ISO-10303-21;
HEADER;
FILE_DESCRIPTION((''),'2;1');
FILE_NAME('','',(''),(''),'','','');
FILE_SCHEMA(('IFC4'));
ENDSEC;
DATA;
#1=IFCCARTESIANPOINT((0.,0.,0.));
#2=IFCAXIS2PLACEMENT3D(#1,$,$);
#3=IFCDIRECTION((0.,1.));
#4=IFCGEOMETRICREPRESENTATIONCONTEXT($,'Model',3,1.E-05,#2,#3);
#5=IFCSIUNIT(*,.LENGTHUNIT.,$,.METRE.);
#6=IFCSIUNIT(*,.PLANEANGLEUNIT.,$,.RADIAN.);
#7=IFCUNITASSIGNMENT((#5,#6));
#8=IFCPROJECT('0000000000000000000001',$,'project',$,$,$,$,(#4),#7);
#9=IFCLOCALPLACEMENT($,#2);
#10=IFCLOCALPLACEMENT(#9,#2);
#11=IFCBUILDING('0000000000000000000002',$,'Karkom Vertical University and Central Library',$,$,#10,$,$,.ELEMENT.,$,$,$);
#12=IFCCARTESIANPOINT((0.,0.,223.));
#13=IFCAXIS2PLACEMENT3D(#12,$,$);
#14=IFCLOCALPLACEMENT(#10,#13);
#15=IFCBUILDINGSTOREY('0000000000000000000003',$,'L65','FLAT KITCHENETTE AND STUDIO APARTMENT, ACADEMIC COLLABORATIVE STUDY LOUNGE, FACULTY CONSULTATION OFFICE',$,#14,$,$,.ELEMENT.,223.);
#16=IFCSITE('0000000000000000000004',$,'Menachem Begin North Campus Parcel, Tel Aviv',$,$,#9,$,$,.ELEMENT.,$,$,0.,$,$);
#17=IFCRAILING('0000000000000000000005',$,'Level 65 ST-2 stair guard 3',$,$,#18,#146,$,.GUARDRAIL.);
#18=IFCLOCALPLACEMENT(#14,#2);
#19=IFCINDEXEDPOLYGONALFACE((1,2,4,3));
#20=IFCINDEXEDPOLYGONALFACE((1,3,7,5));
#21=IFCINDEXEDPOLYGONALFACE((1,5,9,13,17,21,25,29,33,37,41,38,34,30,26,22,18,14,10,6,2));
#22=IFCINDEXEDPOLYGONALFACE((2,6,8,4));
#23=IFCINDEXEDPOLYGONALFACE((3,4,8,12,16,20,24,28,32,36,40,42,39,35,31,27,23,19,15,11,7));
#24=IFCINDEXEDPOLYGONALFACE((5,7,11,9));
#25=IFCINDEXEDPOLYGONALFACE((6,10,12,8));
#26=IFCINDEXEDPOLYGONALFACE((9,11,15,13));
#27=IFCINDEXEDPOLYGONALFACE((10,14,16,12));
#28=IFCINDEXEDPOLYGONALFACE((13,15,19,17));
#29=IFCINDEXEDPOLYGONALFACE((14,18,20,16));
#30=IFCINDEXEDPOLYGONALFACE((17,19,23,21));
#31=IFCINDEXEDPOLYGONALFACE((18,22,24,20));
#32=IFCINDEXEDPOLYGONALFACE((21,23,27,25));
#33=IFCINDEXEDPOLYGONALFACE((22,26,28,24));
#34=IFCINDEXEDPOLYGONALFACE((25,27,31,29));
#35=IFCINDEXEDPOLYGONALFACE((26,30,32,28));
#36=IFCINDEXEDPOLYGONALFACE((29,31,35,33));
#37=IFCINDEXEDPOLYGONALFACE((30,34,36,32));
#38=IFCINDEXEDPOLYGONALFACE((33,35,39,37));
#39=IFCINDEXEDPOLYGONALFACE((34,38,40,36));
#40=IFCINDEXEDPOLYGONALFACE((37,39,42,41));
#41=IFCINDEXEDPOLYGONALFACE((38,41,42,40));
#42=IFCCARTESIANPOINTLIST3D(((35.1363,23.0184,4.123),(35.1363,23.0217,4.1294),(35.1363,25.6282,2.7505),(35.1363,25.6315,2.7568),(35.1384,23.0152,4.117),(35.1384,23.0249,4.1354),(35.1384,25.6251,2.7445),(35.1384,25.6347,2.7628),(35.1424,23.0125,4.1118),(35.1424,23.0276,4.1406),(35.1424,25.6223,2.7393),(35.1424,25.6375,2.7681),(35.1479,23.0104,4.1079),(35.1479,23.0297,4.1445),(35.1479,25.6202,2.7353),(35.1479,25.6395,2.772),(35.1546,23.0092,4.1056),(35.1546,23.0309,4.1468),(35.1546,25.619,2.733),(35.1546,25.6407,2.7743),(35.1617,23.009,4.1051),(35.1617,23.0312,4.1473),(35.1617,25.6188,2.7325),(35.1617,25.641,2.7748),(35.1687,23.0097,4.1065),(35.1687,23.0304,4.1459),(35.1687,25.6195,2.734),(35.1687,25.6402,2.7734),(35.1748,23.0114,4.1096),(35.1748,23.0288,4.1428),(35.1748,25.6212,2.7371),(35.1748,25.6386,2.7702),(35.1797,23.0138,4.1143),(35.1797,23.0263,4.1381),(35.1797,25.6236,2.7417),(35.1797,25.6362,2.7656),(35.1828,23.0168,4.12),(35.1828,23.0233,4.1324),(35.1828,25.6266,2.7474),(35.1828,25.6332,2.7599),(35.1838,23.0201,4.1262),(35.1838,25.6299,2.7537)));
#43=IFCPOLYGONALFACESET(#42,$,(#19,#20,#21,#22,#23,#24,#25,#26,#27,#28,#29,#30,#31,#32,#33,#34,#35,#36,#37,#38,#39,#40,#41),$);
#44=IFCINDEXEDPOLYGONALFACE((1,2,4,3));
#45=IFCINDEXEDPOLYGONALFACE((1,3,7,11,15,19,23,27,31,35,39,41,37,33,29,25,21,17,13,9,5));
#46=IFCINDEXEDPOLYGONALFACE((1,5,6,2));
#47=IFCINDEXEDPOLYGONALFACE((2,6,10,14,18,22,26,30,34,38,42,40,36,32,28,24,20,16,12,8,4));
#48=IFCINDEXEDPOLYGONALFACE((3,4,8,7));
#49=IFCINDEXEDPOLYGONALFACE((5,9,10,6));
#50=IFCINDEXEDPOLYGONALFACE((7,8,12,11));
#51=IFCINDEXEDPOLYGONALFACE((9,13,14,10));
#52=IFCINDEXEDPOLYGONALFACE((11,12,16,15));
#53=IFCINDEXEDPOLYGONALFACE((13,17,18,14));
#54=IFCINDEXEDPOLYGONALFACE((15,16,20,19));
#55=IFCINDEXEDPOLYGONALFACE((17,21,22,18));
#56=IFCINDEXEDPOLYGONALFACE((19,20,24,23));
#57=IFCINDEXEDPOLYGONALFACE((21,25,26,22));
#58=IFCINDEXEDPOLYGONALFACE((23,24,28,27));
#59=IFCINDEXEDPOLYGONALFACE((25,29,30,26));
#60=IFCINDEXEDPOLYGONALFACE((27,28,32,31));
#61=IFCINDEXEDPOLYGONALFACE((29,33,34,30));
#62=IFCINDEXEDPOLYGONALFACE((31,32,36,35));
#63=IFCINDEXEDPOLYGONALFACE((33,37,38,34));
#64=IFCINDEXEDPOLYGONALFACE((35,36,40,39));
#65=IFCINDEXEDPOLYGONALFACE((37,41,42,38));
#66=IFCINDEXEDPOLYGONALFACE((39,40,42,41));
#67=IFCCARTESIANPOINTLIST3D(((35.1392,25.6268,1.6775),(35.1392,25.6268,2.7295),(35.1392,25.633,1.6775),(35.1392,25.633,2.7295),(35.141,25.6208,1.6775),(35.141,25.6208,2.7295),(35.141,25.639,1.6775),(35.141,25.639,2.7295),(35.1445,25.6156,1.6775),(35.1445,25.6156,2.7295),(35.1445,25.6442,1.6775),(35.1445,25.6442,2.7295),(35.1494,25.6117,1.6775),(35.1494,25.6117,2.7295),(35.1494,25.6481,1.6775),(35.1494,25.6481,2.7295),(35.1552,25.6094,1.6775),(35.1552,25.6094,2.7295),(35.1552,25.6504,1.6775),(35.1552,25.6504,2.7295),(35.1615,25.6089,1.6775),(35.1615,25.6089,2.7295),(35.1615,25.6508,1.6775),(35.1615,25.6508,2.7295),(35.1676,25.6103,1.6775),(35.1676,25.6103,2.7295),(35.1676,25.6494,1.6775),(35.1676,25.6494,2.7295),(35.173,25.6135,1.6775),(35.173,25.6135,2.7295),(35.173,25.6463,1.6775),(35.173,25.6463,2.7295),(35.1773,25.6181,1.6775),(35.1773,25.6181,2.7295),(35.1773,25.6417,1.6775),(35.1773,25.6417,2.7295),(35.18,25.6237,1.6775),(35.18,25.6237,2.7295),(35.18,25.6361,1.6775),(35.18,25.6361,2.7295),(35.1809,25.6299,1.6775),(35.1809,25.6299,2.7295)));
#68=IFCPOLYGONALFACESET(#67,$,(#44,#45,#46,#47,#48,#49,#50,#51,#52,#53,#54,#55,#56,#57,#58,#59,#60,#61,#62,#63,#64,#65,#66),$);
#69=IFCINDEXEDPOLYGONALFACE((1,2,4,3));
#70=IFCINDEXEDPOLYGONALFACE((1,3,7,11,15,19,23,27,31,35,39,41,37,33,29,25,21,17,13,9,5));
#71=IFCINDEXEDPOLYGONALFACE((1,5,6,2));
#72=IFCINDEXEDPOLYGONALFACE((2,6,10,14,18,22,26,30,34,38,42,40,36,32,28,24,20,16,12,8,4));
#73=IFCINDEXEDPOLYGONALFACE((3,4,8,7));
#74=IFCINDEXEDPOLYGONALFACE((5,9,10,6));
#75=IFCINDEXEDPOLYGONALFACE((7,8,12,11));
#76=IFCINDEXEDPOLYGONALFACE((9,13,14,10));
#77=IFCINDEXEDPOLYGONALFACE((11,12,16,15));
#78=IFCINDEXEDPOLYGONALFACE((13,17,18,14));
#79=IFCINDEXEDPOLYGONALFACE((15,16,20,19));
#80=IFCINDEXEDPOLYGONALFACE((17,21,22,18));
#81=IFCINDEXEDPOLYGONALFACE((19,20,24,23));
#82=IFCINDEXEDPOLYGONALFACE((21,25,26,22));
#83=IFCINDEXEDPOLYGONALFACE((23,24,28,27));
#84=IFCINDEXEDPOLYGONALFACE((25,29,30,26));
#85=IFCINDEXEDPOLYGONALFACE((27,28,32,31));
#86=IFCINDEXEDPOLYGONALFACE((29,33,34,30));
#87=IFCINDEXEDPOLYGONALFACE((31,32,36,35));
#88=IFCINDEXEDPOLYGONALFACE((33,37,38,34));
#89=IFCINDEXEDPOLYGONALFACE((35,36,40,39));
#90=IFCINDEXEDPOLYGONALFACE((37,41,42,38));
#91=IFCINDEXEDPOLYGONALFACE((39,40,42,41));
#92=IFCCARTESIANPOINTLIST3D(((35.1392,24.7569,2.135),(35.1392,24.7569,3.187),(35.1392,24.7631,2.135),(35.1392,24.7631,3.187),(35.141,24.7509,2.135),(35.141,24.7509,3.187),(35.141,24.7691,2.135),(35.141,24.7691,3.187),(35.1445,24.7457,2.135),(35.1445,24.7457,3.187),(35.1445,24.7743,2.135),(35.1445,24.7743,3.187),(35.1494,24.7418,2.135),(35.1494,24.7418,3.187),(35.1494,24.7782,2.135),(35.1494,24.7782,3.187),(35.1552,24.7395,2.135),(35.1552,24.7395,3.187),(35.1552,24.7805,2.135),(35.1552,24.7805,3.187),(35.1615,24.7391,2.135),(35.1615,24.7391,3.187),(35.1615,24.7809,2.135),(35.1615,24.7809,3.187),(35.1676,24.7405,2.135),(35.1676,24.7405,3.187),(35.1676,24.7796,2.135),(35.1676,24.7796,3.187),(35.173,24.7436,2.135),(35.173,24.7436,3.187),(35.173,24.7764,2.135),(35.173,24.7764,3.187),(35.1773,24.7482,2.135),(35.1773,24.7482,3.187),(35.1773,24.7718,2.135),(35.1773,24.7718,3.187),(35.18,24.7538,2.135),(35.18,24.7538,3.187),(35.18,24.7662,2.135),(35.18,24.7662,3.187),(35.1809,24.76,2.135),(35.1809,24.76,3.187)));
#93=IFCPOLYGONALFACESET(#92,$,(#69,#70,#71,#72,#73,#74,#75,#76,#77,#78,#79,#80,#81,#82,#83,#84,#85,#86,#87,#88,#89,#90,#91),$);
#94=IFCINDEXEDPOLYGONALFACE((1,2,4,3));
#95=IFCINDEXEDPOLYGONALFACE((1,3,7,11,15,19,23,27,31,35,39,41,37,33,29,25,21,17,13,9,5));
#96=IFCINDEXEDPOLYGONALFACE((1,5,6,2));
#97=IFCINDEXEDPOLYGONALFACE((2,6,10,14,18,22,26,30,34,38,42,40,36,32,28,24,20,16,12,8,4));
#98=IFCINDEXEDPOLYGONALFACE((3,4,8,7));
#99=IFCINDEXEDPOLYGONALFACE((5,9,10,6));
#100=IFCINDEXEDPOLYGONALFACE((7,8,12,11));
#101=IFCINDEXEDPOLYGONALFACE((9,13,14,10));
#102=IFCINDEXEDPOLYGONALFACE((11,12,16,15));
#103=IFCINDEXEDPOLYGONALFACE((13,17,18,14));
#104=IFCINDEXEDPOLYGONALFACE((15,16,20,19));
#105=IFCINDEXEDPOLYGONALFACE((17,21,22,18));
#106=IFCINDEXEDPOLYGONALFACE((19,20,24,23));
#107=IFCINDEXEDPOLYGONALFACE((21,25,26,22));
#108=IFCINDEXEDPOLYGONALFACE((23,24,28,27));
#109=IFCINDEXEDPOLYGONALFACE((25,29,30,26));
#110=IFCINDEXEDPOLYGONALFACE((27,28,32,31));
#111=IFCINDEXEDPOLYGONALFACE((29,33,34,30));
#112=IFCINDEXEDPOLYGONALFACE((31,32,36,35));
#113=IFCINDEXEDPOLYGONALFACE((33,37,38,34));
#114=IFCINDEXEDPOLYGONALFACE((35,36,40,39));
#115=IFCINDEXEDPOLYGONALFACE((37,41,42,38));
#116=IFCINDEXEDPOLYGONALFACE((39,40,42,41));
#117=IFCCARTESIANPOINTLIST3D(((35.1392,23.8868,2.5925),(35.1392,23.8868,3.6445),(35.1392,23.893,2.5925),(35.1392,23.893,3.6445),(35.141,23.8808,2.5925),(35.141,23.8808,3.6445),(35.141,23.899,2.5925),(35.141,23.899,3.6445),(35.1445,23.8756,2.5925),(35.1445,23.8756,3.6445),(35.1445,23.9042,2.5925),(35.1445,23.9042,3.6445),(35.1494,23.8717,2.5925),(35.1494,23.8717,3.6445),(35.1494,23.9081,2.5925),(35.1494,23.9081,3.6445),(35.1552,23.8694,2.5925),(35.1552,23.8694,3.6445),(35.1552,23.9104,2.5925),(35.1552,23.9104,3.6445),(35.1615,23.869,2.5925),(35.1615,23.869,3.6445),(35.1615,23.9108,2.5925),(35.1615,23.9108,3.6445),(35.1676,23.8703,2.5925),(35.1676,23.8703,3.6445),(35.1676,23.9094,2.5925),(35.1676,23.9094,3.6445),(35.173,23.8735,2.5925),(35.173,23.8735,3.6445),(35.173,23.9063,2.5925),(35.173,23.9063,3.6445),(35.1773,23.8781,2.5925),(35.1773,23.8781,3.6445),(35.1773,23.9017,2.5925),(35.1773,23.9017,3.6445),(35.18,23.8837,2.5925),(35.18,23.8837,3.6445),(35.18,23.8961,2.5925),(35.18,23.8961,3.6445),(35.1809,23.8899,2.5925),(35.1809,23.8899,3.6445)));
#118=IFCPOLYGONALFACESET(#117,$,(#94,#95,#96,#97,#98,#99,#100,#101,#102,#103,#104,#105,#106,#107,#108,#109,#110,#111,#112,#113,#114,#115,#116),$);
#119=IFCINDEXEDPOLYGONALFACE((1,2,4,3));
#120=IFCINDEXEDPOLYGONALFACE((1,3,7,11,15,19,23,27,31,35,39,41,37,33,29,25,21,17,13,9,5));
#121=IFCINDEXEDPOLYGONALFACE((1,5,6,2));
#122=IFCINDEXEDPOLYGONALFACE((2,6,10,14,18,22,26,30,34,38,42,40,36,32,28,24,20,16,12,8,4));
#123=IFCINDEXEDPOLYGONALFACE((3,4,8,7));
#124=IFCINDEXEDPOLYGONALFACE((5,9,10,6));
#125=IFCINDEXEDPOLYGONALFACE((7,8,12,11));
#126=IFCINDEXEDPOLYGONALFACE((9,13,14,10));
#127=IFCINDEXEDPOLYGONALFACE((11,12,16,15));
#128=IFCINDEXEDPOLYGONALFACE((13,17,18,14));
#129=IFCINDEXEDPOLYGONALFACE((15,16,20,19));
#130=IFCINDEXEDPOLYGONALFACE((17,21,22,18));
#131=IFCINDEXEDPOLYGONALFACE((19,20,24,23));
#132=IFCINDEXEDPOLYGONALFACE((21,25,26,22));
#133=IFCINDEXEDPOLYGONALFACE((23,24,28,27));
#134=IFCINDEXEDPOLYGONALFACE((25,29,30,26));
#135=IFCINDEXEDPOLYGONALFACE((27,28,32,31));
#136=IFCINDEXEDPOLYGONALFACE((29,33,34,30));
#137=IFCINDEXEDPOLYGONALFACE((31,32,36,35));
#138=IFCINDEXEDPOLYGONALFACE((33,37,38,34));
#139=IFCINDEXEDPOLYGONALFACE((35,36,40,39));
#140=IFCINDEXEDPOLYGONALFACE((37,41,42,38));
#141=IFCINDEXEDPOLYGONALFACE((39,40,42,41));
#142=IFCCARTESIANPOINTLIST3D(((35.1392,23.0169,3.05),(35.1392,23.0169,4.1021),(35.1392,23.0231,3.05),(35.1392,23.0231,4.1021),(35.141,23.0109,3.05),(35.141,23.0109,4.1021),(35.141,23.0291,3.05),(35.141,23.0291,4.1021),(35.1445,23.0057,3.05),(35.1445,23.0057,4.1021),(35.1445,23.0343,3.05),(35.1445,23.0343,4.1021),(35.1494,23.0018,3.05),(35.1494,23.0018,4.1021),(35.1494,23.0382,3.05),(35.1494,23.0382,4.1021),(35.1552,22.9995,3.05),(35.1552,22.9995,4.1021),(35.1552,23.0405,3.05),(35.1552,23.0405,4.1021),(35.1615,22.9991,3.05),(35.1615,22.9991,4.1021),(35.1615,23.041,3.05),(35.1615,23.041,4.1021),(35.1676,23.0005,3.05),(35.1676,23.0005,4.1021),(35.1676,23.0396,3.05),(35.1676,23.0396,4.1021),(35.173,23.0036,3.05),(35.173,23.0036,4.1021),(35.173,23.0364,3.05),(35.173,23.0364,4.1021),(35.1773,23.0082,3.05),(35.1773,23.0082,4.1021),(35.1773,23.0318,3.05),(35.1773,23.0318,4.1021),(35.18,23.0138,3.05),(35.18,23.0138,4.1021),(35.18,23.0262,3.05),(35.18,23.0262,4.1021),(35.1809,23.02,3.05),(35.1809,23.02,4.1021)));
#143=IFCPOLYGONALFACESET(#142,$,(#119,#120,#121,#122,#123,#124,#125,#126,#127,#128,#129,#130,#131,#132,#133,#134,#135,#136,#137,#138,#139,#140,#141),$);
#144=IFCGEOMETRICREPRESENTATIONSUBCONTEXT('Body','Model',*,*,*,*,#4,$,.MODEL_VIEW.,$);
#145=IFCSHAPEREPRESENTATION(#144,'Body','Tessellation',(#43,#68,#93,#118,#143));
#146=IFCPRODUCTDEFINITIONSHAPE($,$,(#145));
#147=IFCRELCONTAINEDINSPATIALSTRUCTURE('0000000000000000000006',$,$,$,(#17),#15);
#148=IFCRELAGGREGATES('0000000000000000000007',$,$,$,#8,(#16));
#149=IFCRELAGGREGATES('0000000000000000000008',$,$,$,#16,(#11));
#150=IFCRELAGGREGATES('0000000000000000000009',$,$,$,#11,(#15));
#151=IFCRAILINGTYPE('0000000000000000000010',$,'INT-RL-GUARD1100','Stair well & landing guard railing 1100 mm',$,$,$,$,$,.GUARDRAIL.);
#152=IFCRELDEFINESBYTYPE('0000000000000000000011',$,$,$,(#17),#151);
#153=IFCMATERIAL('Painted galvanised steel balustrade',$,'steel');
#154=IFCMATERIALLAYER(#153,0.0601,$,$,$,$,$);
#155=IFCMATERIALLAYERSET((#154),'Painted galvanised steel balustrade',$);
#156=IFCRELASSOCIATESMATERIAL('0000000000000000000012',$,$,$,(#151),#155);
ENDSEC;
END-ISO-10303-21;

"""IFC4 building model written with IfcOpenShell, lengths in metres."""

from ifc_helpers import new_model, si_unit, direction, frame, origin, origin_2d, place, context, subcontext, project, spatial, circle, extrude, material, layer, layer_set, type_object, element, save


model = new_model("IFC4")

# Units and contexts
model_context = context("Model", 3, precision=1e-05, world=origin(), true_north=direction((0.0, 1.0)))
body_context = subcontext(model_context, "Body", "Model", "MODEL_VIEW")
ifc_project = project(units=[si_unit("LENGTHUNIT", "METRE"), si_unit("PLANEANGLEUNIT", "RADIAN")], contexts=[model_context])

# Site, building, storey
site_placement = place(None, origin())
site = spatial("IfcSite", under=ifc_project, at=site_placement, Name="Menachem Begin North Campus Parcel, Tel Aviv", CompositionType="ELEMENT", RefElevation=0.0)
building_placement = place(site_placement, origin())
building = spatial("IfcBuilding", under=site, at=building_placement, Name="Karkom Vertical University and Central Library", CompositionType="ELEMENT")
storey_placement = place(building_placement, frame((0.0, 0.0, 223.0)))
storey = spatial("IfcBuildingStorey", under=building, at=storey_placement, Name="L65", Description="FLAT KITCHENETTE AND STUDIO APARTMENT, ACADEMIC COLLABORATIVE STUDY LOUNGE, FACULTY CONSULTATION OFFICE", CompositionType="ELEMENT", Elevation=223.0)

# Railing
ifc_material_1 = material(Name="Painted galvanised steel balustrade", Category="steel")
ifc_layer_1 = layer(ifc_material_1, 0.0601)
ifc_layer_set_1 = layer_set([ifc_layer_1], Name="Painted galvanised steel balustrade")
railing_type = type_object("IfcRailingType", Name="INT-RL-GUARD1100", Description="Stair well & landing guard railing 1100 mm", PredefinedType="GUARDRAIL", material=ifc_layer_set_1)
railing_1_placement = place(storey_placement, frame((35.1599, 25.6299, 1.6775)))
element("IfcRailing", 1, at=railing_1_placement, inside=storey, type_object=railing_type, Name="Level 65 ST-2 stair guard 3", PredefinedType="GUARDRAIL", context=body_context, shape_type="SweptSolid", body=[
    extrude(circle(Radius=0.0239, at=origin_2d()), frame((0.0, 0.0, 1.0762), z_axis=(0.0, -0.885065, 0.465467), x_axis=(1.0, 0.0, 0.0)), (0.0, 0.0, 1.0), 2.9487),
    extrude(circle(Radius=0.021, at=origin_2d()), origin(), (0.0, 0.0, 1.0), 1.052),
    extrude(circle(Radius=0.021, at=origin_2d()), frame((0.0, -0.8699, 0.4575)), (0.0, 0.0, 1.0), 1.052),
    extrude(circle(Radius=0.021, at=origin_2d()), frame((0.0, -1.74, 0.915)), (0.0, 0.0, 1.0), 1.052),
    extrude(circle(Radius=0.021, at=origin_2d()), frame((0.0, -2.6099, 1.3726)), (0.0, 0.0, 1.0), 1.052),
])

save(model, "model.ifc")
